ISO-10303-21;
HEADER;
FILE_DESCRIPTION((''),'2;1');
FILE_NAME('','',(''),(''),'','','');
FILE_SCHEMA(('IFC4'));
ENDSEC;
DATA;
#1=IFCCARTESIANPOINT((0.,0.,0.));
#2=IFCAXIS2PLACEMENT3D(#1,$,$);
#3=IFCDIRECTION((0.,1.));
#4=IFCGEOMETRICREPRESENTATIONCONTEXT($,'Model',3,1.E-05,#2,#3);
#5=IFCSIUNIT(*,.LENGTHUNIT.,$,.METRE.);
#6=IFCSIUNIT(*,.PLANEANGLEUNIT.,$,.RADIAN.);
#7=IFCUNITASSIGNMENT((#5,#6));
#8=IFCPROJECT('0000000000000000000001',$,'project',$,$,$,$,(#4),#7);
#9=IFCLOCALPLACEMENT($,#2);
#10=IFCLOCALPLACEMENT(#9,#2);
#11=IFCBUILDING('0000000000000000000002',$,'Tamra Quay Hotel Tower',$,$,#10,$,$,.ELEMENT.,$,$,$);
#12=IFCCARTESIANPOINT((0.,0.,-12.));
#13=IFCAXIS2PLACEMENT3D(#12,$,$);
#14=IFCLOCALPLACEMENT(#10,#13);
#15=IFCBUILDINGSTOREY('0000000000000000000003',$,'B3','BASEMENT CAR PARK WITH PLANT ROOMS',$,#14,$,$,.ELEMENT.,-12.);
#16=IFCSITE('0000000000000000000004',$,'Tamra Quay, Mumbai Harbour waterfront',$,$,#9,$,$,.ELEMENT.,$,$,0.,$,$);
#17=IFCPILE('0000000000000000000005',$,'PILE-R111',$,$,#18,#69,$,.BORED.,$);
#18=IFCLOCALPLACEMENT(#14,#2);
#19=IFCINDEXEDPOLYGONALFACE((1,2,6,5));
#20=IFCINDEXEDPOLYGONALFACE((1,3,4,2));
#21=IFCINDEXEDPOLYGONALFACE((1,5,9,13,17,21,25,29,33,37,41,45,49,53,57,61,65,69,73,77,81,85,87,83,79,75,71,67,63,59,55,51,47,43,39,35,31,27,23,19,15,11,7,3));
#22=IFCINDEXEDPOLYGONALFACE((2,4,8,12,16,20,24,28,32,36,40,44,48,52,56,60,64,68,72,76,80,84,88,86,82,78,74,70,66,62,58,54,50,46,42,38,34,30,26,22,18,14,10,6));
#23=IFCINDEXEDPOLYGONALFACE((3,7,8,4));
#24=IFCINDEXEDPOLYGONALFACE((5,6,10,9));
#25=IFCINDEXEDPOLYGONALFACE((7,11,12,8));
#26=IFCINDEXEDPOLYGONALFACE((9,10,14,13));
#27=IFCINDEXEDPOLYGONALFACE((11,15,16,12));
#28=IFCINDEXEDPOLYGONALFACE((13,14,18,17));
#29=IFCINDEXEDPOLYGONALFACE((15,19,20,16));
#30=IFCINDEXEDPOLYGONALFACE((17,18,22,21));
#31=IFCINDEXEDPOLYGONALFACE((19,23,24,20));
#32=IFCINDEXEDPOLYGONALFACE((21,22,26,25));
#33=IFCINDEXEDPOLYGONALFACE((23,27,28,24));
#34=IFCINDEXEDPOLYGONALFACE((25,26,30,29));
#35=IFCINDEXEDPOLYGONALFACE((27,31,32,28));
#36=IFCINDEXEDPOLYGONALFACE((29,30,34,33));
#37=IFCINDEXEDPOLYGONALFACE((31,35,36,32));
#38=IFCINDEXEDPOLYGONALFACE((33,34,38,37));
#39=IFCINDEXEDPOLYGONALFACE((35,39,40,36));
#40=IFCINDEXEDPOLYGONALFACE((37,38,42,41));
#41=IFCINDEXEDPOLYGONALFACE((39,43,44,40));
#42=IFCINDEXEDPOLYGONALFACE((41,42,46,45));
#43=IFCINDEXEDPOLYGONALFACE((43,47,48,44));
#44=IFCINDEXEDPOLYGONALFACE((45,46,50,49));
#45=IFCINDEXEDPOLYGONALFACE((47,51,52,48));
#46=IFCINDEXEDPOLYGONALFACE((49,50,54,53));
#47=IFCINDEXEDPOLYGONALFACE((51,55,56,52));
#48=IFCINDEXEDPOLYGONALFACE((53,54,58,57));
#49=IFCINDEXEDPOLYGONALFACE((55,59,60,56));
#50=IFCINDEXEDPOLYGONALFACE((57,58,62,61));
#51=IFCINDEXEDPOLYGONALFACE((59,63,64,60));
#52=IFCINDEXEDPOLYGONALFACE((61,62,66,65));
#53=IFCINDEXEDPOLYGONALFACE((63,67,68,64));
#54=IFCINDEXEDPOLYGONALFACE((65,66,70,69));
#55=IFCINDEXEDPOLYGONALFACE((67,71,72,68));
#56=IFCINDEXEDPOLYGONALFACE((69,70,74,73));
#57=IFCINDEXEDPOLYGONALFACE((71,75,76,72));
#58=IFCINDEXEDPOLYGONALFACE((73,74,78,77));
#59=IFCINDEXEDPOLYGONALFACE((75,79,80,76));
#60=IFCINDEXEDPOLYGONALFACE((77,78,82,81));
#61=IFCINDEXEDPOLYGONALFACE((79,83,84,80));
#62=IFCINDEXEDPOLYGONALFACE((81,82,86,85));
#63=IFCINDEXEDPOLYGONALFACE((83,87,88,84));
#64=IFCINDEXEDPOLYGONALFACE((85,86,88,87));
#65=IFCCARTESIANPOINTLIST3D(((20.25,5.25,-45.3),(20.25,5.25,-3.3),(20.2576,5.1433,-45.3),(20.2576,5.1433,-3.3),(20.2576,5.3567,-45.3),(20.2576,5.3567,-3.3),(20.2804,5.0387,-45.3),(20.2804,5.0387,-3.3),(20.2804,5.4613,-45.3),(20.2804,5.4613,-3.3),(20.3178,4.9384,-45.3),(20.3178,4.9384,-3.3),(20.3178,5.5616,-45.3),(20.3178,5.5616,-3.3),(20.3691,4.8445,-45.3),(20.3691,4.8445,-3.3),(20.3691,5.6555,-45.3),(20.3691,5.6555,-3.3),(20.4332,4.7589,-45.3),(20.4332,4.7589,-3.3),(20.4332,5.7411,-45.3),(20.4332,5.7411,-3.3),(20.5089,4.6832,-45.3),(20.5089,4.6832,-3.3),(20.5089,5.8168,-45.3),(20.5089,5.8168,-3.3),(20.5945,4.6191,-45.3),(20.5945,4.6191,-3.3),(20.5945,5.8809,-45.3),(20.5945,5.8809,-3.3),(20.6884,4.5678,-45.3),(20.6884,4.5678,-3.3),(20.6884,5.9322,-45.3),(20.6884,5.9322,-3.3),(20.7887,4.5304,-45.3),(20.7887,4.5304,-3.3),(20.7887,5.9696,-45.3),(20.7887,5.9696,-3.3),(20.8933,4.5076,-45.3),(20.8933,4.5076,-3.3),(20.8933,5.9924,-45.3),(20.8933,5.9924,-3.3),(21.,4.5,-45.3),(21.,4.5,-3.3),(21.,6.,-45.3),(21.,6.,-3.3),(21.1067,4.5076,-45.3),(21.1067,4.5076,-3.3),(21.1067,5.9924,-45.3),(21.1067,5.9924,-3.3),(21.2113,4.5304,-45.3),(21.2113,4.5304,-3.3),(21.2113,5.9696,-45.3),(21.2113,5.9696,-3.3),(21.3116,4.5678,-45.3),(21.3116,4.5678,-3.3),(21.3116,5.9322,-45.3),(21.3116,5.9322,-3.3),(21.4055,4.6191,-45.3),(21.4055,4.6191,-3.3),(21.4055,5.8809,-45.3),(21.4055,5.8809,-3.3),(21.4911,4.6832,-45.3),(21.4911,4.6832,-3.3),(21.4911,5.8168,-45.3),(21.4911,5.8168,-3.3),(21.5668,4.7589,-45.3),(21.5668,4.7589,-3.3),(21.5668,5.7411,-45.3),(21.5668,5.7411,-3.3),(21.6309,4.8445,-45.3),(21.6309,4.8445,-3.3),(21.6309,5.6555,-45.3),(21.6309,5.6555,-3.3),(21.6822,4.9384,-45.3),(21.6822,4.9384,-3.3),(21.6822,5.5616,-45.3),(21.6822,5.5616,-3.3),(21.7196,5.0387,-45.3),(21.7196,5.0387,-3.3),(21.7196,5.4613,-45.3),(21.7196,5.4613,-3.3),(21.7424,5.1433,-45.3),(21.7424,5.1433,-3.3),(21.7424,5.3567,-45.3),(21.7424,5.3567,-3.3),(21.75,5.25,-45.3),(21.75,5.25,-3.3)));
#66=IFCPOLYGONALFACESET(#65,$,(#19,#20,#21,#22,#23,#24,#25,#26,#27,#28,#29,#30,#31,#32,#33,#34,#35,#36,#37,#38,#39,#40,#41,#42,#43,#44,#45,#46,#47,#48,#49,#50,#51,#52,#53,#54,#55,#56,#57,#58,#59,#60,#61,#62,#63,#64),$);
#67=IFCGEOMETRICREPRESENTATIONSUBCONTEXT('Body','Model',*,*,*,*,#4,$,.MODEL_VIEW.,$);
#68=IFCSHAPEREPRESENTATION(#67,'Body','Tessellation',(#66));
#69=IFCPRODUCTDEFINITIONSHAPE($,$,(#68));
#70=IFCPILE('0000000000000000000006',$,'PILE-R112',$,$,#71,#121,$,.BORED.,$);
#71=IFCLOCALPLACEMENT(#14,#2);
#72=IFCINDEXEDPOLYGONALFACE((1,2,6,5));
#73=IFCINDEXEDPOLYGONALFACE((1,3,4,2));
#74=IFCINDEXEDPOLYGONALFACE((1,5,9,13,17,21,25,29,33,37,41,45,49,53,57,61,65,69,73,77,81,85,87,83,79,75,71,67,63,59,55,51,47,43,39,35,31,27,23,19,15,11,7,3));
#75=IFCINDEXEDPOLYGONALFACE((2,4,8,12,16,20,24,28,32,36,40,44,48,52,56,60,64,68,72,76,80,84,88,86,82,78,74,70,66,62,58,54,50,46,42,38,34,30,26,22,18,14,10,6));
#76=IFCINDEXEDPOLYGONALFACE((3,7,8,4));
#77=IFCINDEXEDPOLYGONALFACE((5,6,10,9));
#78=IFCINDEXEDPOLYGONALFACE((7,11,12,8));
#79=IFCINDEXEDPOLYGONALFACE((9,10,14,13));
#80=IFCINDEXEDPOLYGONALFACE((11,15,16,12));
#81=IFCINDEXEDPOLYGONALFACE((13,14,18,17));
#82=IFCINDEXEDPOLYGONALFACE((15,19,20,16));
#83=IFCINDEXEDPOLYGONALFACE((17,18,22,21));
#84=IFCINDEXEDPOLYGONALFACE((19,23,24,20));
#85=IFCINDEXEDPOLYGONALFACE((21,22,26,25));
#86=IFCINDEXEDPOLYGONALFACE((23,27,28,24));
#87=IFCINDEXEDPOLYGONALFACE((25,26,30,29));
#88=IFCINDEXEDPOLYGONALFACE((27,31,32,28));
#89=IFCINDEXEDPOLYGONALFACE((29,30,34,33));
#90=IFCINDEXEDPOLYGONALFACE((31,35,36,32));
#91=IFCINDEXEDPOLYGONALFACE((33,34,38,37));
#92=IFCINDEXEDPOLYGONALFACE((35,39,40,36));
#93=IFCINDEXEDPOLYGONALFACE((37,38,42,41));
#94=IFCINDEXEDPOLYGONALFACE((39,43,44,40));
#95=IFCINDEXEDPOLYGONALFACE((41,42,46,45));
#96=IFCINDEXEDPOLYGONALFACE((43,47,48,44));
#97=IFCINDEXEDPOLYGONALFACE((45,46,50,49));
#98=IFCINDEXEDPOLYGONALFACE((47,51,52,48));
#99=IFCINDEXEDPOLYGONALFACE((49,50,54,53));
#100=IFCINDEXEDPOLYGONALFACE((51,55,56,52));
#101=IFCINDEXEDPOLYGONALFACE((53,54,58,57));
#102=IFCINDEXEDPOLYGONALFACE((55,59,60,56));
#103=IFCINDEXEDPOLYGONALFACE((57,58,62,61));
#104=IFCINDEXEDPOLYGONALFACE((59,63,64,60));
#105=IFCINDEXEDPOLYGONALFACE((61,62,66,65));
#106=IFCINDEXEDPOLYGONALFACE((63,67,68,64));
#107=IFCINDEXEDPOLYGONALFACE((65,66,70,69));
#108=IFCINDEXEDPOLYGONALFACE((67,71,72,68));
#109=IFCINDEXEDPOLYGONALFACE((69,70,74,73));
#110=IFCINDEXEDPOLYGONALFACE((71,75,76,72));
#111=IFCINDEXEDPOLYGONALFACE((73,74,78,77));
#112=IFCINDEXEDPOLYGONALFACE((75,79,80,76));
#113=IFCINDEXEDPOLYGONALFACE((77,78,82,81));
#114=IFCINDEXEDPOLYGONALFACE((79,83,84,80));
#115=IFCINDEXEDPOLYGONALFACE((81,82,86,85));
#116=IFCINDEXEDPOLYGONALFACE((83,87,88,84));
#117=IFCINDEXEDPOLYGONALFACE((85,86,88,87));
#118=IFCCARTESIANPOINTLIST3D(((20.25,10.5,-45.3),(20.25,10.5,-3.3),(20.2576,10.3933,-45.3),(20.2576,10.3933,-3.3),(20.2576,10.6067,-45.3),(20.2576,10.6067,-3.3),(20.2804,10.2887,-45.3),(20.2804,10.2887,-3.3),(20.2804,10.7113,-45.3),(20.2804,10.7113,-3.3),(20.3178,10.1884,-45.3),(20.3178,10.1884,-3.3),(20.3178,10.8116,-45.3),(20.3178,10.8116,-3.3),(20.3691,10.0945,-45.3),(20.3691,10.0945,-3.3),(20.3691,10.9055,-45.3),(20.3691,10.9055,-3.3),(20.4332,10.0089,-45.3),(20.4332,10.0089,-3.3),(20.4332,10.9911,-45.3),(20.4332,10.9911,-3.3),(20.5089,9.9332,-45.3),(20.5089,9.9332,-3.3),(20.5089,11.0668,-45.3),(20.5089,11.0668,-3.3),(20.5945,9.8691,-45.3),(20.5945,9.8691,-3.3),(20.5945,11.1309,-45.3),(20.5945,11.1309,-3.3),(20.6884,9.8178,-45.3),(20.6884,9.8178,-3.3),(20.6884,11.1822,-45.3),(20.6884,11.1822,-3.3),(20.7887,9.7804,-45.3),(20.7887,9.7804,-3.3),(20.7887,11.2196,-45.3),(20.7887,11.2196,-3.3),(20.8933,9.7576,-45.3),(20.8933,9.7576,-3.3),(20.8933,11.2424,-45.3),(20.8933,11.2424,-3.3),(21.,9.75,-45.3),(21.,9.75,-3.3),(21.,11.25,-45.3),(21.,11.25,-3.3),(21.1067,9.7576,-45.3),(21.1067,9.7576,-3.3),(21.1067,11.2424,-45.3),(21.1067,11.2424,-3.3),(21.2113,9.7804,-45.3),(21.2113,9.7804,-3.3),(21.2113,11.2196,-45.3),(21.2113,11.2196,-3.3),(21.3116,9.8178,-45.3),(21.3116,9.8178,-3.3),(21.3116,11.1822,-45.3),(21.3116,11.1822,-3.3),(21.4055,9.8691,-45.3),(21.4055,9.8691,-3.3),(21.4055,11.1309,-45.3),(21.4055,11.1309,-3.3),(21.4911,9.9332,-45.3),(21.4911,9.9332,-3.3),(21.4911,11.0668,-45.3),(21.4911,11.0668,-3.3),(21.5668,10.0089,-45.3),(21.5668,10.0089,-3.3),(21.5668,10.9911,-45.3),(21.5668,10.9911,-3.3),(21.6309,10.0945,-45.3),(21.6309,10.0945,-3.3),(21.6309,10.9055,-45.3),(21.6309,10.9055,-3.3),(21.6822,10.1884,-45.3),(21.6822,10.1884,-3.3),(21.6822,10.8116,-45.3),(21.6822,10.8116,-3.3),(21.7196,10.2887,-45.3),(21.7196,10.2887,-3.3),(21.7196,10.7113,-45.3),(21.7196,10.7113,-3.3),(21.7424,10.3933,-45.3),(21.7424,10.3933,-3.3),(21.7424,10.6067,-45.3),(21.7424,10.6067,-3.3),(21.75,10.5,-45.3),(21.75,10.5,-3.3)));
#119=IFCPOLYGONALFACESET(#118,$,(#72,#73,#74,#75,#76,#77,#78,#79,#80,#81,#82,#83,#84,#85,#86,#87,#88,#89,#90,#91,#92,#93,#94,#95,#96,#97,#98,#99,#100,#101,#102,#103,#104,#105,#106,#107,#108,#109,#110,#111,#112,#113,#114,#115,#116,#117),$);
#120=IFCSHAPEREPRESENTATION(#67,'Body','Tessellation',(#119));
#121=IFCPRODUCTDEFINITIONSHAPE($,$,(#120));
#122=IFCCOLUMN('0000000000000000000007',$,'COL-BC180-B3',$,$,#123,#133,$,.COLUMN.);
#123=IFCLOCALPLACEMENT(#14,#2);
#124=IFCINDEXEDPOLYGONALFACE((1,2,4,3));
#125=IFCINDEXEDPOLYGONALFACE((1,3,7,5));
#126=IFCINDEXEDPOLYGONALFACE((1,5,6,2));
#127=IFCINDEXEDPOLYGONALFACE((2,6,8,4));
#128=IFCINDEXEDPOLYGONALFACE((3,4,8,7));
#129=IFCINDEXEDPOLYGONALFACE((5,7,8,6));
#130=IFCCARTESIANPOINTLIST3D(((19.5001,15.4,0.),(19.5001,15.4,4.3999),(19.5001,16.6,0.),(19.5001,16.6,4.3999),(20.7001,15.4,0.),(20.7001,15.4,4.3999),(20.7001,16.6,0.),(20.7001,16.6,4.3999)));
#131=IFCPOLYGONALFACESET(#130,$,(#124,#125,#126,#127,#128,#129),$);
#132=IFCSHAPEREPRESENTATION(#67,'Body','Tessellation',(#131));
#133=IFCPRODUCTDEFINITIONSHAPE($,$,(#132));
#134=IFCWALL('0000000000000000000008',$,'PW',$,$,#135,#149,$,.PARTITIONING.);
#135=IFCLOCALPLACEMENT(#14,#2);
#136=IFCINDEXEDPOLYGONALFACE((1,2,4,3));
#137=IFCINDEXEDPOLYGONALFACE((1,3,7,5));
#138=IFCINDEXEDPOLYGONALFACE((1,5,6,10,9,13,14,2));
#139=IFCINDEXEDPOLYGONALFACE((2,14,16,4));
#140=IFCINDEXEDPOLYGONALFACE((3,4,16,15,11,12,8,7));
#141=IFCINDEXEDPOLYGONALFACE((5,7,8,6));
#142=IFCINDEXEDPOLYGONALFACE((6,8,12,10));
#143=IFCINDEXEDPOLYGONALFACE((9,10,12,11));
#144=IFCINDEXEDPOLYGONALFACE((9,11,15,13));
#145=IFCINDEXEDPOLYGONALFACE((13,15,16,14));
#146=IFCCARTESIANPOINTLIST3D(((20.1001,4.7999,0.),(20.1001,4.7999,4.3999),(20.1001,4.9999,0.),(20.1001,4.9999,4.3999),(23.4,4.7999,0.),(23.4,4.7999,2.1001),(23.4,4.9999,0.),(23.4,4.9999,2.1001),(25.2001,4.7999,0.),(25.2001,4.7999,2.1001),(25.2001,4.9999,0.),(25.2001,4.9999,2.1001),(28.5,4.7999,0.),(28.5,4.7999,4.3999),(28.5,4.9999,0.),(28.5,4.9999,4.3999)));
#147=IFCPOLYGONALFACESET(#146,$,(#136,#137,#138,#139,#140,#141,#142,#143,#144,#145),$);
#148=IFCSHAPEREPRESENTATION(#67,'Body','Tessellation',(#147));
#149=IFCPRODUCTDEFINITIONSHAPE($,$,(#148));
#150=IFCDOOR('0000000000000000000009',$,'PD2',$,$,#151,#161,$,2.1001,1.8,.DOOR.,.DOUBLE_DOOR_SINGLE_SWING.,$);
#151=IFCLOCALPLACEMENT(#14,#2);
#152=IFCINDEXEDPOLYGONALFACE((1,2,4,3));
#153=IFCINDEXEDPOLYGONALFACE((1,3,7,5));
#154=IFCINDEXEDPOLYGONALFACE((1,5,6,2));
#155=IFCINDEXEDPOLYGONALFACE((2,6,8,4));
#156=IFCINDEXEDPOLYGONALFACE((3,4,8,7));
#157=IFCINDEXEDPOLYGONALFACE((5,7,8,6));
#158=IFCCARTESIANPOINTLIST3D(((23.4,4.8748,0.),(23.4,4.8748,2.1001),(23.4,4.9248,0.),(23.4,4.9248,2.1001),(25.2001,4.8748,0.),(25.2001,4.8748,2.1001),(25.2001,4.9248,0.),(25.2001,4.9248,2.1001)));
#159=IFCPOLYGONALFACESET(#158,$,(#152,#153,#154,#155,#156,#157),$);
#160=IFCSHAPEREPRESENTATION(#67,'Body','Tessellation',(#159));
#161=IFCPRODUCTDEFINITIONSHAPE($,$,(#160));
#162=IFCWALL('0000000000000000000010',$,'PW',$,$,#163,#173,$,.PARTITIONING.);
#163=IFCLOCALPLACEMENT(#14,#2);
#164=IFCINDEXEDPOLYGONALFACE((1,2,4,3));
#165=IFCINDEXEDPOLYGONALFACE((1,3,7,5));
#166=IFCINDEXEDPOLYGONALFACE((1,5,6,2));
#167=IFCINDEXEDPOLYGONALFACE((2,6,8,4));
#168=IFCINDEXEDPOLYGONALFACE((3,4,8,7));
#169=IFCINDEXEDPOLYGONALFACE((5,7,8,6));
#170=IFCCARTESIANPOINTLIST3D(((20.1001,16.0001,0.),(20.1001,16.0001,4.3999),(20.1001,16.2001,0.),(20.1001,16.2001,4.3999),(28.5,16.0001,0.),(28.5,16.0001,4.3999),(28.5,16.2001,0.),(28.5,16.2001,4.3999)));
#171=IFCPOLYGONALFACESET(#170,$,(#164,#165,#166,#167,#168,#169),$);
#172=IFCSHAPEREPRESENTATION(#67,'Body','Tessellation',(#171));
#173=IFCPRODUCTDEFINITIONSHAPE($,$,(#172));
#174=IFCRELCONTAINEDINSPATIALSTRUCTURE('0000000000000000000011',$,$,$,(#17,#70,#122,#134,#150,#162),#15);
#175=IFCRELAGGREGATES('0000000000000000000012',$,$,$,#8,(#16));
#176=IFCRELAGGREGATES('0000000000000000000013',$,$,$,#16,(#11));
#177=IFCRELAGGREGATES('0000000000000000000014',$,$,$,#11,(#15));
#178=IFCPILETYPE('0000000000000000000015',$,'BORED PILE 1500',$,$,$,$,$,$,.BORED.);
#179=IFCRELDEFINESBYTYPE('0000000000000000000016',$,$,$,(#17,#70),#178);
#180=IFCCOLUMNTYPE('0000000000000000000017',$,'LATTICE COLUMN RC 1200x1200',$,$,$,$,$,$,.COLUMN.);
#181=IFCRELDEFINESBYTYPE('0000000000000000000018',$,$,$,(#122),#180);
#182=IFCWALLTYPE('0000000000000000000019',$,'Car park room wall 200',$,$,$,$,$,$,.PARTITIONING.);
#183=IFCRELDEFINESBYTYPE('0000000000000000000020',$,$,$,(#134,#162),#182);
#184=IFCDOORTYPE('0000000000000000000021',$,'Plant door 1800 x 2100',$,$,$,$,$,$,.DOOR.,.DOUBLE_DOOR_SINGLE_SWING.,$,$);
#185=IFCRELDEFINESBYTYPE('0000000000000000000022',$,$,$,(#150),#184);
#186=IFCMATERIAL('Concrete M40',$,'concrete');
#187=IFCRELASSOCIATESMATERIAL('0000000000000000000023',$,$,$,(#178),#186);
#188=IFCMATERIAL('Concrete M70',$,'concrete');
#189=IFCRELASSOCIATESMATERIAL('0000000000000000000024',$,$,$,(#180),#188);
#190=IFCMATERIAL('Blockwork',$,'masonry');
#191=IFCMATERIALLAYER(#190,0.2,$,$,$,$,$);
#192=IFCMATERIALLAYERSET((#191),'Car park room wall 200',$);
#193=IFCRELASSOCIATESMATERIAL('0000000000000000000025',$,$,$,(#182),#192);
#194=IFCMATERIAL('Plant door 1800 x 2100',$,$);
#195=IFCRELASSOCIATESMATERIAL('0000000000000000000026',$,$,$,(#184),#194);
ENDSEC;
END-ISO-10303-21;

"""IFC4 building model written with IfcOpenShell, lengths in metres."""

from ifc_helpers import new_model, si_unit, direction, frame, frame_2d, origin, origin_2d, place, context, subcontext, project, spatial, rectangle, circle, extrude, material, layer, layer_set, material_profile, profile_set, type_object, element, fill, save


model = new_model("IFC4")

# Units and contexts
model_context = context("Model", 3, precision=1e-05, world=origin(), true_north=direction((0.0, 1.0)))
body_context = subcontext(model_context, "Body", "Model", "MODEL_VIEW")
ifc_project = project(units=[si_unit("LENGTHUNIT", "METRE"), si_unit("PLANEANGLEUNIT", "RADIAN")], contexts=[model_context])

# Site, building, storey
site_placement = place(None, origin())
site = spatial("IfcSite", under=ifc_project, at=site_placement, Name="Tamra Quay, Mumbai Harbour waterfront", CompositionType="ELEMENT", RefElevation=0.0)
building_placement = place(site_placement, origin())
building = spatial("IfcBuilding", under=site, at=building_placement, Name="Tamra Quay Hotel Tower", CompositionType="ELEMENT")
storey_placement = place(building_placement, frame((0.0, 0.0, -12.0)))
storey = spatial("IfcBuildingStorey", under=building, at=storey_placement, Name="B3", Description="BASEMENT CAR PARK WITH PLANT ROOMS", CompositionType="ELEMENT", Elevation=-12.0)

# Piles
ifc_material_1 = material(Name="Concrete M40", Category="concrete")
ifc_material_profile_1 = material_profile(ifc_material_1, circle(Radius=0.75, at=origin_2d()), Name="BORED PILE 1500")
ifc_profile_set_1 = profile_set([ifc_material_profile_1], Name="Concrete M40")
pile_type = type_object("IfcPileType", Name="BORED PILE 1500", PredefinedType="BORED", material=ifc_profile_set_1)
for number, where, z_axis, x_axis, name in (
    (1, (21.0, 5.25, -3.3), (0.0, 0.0, -1.0), (1.0, 0.0, 0.0), "PILE-R111"),
    (2, (21.0, 10.5, -3.3), (0.0, 0.0, -1.0), (1.0, 0.0, 0.0), "PILE-R112"),
):
    element("IfcPile", number, at=place(storey_placement, frame(where, z_axis=z_axis, x_axis=x_axis)), inside=storey, type_object=pile_type, Name=name, PredefinedType="BORED", context=body_context, shape_type="SweptSolid", body=[
        extrude(circle(Radius=0.75, at=origin_2d()), origin(), (0.0, 0.0, 1.0), 42.0),
    ])

# Column
ifc_material_2 = material(Name="Concrete M70", Category="concrete")
ifc_material_profile_2 = material_profile(ifc_material_2, rectangle(XDim=1.2, YDim=1.2, at=origin_2d()), Name="LATTICE COLUMN RC 1200x1200")
ifc_profile_set_2 = profile_set([ifc_material_profile_2], Name="Concrete M70")
column_type = type_object("IfcColumnType", Name="LATTICE COLUMN RC 1200x1200", PredefinedType="COLUMN", material=ifc_profile_set_2)
column_placement = place(storey_placement, frame((20.1001, 16.0, 0.0), z_axis=(0.0, 0.0, 1.0), x_axis=(1.0, 0.0, 0.0)))
element("IfcColumn", 3, at=column_placement, inside=storey, type_object=column_type, Name="COL-BC180-B3", PredefinedType="COLUMN", context=body_context, shape_type="SweptSolid", body=[
    extrude(rectangle(XDim=1.2, YDim=1.2, at=origin_2d()), origin(), (0.0, 0.0, 1.0), 4.3999),
])

# Wall, opening, door
ifc_material_3 = material(Name="Blockwork", Category="masonry")
ifc_layer_1 = layer(ifc_material_3, 0.2)
ifc_layer_set_1 = layer_set([ifc_layer_1], Name="Car park room wall 200")
wall_type_1 = type_object("IfcWallType", Name="Car park room wall 200", PredefinedType="PARTITIONING", material=ifc_layer_set_1)
wall_1_placement = place(storey_placement, frame((20.1001, 4.8999, 0.0), z_axis=(0.0, 0.0, 1.0), x_axis=(1.0, 0.0, 0.0)))
wall_1 = element("IfcWall", 4, at=wall_1_placement, inside=storey, type_object=wall_type_1, Name="PW", PredefinedType="PARTITIONING", context=body_context, shape_type="SweptSolid", body=[
    extrude(rectangle(XDim=8.3999, YDim=0.2, at=frame_2d((4.2, 0.0))), origin(), (0.0, 0.0, 1.0), 4.3999),
])
opening_1_placement = place(wall_1_placement, frame((3.3, 0.0, 0.0)))
opening_1 = element("IfcOpeningElement", 5, at=opening_1_placement, cuts=wall_1, PredefinedType="OPENING", context=body_context, shape_type="SweptSolid", body=[
    extrude(rectangle(XDim=1.8, YDim=2.1001, at=frame_2d((0.8999, 1.05))), frame((0.0, 0.1099, 0.0), z_axis=(0.0, -1.0, 0.0), x_axis=(1.0, 0.0, 0.0)), (0.0, 0.0, 1.0), 0.22),
])
ifc_material_4 = material(Name="Plant door 1800 x 2100")
door_type_1 = type_object("IfcDoorType", Name="Plant door 1800 x 2100", OperationType="DOUBLE_DOOR_SINGLE_SWING", PredefinedType="DOOR", material=ifc_material_4)
door_1_placement = place(opening_1_placement, origin())
door_1 = element("IfcDoor", 6, at=door_1_placement, inside=storey, type_object=door_type_1, Name="PD2", OperationType="DOUBLE_DOOR_SINGLE_SWING", OverallHeight=2.1001, OverallWidth=1.8, PredefinedType="DOOR", context=body_context, shape_type="SweptSolid", body=[
    extrude(rectangle(XDim=1.8, YDim=2.1001, at=frame_2d((0.8999, 1.05))), frame((0.0, 0.0249, 0.0), z_axis=(0.0, -1.0, 0.0), x_axis=(1.0, 0.0, 0.0)), (0.0, 0.0, 1.0), 0.05),
])
fill(opening_1, door_1)

# Wall
wall_2_placement = place(storey_placement, frame((20.1001, 16.1001, 0.0), z_axis=(0.0, 0.0, 1.0), x_axis=(1.0, 0.0, 0.0)))
element("IfcWall", 7, at=wall_2_placement, inside=storey, type_object=wall_type_1, Name="PW", PredefinedType="PARTITIONING", context=body_context, shape_type="SweptSolid", body=[
    extrude(rectangle(XDim=8.3999, YDim=0.2, at=frame_2d((4.2, 0.0))), origin(), (0.0, 0.0, 1.0), 4.3999),
])

save(model, "model.ifc")
